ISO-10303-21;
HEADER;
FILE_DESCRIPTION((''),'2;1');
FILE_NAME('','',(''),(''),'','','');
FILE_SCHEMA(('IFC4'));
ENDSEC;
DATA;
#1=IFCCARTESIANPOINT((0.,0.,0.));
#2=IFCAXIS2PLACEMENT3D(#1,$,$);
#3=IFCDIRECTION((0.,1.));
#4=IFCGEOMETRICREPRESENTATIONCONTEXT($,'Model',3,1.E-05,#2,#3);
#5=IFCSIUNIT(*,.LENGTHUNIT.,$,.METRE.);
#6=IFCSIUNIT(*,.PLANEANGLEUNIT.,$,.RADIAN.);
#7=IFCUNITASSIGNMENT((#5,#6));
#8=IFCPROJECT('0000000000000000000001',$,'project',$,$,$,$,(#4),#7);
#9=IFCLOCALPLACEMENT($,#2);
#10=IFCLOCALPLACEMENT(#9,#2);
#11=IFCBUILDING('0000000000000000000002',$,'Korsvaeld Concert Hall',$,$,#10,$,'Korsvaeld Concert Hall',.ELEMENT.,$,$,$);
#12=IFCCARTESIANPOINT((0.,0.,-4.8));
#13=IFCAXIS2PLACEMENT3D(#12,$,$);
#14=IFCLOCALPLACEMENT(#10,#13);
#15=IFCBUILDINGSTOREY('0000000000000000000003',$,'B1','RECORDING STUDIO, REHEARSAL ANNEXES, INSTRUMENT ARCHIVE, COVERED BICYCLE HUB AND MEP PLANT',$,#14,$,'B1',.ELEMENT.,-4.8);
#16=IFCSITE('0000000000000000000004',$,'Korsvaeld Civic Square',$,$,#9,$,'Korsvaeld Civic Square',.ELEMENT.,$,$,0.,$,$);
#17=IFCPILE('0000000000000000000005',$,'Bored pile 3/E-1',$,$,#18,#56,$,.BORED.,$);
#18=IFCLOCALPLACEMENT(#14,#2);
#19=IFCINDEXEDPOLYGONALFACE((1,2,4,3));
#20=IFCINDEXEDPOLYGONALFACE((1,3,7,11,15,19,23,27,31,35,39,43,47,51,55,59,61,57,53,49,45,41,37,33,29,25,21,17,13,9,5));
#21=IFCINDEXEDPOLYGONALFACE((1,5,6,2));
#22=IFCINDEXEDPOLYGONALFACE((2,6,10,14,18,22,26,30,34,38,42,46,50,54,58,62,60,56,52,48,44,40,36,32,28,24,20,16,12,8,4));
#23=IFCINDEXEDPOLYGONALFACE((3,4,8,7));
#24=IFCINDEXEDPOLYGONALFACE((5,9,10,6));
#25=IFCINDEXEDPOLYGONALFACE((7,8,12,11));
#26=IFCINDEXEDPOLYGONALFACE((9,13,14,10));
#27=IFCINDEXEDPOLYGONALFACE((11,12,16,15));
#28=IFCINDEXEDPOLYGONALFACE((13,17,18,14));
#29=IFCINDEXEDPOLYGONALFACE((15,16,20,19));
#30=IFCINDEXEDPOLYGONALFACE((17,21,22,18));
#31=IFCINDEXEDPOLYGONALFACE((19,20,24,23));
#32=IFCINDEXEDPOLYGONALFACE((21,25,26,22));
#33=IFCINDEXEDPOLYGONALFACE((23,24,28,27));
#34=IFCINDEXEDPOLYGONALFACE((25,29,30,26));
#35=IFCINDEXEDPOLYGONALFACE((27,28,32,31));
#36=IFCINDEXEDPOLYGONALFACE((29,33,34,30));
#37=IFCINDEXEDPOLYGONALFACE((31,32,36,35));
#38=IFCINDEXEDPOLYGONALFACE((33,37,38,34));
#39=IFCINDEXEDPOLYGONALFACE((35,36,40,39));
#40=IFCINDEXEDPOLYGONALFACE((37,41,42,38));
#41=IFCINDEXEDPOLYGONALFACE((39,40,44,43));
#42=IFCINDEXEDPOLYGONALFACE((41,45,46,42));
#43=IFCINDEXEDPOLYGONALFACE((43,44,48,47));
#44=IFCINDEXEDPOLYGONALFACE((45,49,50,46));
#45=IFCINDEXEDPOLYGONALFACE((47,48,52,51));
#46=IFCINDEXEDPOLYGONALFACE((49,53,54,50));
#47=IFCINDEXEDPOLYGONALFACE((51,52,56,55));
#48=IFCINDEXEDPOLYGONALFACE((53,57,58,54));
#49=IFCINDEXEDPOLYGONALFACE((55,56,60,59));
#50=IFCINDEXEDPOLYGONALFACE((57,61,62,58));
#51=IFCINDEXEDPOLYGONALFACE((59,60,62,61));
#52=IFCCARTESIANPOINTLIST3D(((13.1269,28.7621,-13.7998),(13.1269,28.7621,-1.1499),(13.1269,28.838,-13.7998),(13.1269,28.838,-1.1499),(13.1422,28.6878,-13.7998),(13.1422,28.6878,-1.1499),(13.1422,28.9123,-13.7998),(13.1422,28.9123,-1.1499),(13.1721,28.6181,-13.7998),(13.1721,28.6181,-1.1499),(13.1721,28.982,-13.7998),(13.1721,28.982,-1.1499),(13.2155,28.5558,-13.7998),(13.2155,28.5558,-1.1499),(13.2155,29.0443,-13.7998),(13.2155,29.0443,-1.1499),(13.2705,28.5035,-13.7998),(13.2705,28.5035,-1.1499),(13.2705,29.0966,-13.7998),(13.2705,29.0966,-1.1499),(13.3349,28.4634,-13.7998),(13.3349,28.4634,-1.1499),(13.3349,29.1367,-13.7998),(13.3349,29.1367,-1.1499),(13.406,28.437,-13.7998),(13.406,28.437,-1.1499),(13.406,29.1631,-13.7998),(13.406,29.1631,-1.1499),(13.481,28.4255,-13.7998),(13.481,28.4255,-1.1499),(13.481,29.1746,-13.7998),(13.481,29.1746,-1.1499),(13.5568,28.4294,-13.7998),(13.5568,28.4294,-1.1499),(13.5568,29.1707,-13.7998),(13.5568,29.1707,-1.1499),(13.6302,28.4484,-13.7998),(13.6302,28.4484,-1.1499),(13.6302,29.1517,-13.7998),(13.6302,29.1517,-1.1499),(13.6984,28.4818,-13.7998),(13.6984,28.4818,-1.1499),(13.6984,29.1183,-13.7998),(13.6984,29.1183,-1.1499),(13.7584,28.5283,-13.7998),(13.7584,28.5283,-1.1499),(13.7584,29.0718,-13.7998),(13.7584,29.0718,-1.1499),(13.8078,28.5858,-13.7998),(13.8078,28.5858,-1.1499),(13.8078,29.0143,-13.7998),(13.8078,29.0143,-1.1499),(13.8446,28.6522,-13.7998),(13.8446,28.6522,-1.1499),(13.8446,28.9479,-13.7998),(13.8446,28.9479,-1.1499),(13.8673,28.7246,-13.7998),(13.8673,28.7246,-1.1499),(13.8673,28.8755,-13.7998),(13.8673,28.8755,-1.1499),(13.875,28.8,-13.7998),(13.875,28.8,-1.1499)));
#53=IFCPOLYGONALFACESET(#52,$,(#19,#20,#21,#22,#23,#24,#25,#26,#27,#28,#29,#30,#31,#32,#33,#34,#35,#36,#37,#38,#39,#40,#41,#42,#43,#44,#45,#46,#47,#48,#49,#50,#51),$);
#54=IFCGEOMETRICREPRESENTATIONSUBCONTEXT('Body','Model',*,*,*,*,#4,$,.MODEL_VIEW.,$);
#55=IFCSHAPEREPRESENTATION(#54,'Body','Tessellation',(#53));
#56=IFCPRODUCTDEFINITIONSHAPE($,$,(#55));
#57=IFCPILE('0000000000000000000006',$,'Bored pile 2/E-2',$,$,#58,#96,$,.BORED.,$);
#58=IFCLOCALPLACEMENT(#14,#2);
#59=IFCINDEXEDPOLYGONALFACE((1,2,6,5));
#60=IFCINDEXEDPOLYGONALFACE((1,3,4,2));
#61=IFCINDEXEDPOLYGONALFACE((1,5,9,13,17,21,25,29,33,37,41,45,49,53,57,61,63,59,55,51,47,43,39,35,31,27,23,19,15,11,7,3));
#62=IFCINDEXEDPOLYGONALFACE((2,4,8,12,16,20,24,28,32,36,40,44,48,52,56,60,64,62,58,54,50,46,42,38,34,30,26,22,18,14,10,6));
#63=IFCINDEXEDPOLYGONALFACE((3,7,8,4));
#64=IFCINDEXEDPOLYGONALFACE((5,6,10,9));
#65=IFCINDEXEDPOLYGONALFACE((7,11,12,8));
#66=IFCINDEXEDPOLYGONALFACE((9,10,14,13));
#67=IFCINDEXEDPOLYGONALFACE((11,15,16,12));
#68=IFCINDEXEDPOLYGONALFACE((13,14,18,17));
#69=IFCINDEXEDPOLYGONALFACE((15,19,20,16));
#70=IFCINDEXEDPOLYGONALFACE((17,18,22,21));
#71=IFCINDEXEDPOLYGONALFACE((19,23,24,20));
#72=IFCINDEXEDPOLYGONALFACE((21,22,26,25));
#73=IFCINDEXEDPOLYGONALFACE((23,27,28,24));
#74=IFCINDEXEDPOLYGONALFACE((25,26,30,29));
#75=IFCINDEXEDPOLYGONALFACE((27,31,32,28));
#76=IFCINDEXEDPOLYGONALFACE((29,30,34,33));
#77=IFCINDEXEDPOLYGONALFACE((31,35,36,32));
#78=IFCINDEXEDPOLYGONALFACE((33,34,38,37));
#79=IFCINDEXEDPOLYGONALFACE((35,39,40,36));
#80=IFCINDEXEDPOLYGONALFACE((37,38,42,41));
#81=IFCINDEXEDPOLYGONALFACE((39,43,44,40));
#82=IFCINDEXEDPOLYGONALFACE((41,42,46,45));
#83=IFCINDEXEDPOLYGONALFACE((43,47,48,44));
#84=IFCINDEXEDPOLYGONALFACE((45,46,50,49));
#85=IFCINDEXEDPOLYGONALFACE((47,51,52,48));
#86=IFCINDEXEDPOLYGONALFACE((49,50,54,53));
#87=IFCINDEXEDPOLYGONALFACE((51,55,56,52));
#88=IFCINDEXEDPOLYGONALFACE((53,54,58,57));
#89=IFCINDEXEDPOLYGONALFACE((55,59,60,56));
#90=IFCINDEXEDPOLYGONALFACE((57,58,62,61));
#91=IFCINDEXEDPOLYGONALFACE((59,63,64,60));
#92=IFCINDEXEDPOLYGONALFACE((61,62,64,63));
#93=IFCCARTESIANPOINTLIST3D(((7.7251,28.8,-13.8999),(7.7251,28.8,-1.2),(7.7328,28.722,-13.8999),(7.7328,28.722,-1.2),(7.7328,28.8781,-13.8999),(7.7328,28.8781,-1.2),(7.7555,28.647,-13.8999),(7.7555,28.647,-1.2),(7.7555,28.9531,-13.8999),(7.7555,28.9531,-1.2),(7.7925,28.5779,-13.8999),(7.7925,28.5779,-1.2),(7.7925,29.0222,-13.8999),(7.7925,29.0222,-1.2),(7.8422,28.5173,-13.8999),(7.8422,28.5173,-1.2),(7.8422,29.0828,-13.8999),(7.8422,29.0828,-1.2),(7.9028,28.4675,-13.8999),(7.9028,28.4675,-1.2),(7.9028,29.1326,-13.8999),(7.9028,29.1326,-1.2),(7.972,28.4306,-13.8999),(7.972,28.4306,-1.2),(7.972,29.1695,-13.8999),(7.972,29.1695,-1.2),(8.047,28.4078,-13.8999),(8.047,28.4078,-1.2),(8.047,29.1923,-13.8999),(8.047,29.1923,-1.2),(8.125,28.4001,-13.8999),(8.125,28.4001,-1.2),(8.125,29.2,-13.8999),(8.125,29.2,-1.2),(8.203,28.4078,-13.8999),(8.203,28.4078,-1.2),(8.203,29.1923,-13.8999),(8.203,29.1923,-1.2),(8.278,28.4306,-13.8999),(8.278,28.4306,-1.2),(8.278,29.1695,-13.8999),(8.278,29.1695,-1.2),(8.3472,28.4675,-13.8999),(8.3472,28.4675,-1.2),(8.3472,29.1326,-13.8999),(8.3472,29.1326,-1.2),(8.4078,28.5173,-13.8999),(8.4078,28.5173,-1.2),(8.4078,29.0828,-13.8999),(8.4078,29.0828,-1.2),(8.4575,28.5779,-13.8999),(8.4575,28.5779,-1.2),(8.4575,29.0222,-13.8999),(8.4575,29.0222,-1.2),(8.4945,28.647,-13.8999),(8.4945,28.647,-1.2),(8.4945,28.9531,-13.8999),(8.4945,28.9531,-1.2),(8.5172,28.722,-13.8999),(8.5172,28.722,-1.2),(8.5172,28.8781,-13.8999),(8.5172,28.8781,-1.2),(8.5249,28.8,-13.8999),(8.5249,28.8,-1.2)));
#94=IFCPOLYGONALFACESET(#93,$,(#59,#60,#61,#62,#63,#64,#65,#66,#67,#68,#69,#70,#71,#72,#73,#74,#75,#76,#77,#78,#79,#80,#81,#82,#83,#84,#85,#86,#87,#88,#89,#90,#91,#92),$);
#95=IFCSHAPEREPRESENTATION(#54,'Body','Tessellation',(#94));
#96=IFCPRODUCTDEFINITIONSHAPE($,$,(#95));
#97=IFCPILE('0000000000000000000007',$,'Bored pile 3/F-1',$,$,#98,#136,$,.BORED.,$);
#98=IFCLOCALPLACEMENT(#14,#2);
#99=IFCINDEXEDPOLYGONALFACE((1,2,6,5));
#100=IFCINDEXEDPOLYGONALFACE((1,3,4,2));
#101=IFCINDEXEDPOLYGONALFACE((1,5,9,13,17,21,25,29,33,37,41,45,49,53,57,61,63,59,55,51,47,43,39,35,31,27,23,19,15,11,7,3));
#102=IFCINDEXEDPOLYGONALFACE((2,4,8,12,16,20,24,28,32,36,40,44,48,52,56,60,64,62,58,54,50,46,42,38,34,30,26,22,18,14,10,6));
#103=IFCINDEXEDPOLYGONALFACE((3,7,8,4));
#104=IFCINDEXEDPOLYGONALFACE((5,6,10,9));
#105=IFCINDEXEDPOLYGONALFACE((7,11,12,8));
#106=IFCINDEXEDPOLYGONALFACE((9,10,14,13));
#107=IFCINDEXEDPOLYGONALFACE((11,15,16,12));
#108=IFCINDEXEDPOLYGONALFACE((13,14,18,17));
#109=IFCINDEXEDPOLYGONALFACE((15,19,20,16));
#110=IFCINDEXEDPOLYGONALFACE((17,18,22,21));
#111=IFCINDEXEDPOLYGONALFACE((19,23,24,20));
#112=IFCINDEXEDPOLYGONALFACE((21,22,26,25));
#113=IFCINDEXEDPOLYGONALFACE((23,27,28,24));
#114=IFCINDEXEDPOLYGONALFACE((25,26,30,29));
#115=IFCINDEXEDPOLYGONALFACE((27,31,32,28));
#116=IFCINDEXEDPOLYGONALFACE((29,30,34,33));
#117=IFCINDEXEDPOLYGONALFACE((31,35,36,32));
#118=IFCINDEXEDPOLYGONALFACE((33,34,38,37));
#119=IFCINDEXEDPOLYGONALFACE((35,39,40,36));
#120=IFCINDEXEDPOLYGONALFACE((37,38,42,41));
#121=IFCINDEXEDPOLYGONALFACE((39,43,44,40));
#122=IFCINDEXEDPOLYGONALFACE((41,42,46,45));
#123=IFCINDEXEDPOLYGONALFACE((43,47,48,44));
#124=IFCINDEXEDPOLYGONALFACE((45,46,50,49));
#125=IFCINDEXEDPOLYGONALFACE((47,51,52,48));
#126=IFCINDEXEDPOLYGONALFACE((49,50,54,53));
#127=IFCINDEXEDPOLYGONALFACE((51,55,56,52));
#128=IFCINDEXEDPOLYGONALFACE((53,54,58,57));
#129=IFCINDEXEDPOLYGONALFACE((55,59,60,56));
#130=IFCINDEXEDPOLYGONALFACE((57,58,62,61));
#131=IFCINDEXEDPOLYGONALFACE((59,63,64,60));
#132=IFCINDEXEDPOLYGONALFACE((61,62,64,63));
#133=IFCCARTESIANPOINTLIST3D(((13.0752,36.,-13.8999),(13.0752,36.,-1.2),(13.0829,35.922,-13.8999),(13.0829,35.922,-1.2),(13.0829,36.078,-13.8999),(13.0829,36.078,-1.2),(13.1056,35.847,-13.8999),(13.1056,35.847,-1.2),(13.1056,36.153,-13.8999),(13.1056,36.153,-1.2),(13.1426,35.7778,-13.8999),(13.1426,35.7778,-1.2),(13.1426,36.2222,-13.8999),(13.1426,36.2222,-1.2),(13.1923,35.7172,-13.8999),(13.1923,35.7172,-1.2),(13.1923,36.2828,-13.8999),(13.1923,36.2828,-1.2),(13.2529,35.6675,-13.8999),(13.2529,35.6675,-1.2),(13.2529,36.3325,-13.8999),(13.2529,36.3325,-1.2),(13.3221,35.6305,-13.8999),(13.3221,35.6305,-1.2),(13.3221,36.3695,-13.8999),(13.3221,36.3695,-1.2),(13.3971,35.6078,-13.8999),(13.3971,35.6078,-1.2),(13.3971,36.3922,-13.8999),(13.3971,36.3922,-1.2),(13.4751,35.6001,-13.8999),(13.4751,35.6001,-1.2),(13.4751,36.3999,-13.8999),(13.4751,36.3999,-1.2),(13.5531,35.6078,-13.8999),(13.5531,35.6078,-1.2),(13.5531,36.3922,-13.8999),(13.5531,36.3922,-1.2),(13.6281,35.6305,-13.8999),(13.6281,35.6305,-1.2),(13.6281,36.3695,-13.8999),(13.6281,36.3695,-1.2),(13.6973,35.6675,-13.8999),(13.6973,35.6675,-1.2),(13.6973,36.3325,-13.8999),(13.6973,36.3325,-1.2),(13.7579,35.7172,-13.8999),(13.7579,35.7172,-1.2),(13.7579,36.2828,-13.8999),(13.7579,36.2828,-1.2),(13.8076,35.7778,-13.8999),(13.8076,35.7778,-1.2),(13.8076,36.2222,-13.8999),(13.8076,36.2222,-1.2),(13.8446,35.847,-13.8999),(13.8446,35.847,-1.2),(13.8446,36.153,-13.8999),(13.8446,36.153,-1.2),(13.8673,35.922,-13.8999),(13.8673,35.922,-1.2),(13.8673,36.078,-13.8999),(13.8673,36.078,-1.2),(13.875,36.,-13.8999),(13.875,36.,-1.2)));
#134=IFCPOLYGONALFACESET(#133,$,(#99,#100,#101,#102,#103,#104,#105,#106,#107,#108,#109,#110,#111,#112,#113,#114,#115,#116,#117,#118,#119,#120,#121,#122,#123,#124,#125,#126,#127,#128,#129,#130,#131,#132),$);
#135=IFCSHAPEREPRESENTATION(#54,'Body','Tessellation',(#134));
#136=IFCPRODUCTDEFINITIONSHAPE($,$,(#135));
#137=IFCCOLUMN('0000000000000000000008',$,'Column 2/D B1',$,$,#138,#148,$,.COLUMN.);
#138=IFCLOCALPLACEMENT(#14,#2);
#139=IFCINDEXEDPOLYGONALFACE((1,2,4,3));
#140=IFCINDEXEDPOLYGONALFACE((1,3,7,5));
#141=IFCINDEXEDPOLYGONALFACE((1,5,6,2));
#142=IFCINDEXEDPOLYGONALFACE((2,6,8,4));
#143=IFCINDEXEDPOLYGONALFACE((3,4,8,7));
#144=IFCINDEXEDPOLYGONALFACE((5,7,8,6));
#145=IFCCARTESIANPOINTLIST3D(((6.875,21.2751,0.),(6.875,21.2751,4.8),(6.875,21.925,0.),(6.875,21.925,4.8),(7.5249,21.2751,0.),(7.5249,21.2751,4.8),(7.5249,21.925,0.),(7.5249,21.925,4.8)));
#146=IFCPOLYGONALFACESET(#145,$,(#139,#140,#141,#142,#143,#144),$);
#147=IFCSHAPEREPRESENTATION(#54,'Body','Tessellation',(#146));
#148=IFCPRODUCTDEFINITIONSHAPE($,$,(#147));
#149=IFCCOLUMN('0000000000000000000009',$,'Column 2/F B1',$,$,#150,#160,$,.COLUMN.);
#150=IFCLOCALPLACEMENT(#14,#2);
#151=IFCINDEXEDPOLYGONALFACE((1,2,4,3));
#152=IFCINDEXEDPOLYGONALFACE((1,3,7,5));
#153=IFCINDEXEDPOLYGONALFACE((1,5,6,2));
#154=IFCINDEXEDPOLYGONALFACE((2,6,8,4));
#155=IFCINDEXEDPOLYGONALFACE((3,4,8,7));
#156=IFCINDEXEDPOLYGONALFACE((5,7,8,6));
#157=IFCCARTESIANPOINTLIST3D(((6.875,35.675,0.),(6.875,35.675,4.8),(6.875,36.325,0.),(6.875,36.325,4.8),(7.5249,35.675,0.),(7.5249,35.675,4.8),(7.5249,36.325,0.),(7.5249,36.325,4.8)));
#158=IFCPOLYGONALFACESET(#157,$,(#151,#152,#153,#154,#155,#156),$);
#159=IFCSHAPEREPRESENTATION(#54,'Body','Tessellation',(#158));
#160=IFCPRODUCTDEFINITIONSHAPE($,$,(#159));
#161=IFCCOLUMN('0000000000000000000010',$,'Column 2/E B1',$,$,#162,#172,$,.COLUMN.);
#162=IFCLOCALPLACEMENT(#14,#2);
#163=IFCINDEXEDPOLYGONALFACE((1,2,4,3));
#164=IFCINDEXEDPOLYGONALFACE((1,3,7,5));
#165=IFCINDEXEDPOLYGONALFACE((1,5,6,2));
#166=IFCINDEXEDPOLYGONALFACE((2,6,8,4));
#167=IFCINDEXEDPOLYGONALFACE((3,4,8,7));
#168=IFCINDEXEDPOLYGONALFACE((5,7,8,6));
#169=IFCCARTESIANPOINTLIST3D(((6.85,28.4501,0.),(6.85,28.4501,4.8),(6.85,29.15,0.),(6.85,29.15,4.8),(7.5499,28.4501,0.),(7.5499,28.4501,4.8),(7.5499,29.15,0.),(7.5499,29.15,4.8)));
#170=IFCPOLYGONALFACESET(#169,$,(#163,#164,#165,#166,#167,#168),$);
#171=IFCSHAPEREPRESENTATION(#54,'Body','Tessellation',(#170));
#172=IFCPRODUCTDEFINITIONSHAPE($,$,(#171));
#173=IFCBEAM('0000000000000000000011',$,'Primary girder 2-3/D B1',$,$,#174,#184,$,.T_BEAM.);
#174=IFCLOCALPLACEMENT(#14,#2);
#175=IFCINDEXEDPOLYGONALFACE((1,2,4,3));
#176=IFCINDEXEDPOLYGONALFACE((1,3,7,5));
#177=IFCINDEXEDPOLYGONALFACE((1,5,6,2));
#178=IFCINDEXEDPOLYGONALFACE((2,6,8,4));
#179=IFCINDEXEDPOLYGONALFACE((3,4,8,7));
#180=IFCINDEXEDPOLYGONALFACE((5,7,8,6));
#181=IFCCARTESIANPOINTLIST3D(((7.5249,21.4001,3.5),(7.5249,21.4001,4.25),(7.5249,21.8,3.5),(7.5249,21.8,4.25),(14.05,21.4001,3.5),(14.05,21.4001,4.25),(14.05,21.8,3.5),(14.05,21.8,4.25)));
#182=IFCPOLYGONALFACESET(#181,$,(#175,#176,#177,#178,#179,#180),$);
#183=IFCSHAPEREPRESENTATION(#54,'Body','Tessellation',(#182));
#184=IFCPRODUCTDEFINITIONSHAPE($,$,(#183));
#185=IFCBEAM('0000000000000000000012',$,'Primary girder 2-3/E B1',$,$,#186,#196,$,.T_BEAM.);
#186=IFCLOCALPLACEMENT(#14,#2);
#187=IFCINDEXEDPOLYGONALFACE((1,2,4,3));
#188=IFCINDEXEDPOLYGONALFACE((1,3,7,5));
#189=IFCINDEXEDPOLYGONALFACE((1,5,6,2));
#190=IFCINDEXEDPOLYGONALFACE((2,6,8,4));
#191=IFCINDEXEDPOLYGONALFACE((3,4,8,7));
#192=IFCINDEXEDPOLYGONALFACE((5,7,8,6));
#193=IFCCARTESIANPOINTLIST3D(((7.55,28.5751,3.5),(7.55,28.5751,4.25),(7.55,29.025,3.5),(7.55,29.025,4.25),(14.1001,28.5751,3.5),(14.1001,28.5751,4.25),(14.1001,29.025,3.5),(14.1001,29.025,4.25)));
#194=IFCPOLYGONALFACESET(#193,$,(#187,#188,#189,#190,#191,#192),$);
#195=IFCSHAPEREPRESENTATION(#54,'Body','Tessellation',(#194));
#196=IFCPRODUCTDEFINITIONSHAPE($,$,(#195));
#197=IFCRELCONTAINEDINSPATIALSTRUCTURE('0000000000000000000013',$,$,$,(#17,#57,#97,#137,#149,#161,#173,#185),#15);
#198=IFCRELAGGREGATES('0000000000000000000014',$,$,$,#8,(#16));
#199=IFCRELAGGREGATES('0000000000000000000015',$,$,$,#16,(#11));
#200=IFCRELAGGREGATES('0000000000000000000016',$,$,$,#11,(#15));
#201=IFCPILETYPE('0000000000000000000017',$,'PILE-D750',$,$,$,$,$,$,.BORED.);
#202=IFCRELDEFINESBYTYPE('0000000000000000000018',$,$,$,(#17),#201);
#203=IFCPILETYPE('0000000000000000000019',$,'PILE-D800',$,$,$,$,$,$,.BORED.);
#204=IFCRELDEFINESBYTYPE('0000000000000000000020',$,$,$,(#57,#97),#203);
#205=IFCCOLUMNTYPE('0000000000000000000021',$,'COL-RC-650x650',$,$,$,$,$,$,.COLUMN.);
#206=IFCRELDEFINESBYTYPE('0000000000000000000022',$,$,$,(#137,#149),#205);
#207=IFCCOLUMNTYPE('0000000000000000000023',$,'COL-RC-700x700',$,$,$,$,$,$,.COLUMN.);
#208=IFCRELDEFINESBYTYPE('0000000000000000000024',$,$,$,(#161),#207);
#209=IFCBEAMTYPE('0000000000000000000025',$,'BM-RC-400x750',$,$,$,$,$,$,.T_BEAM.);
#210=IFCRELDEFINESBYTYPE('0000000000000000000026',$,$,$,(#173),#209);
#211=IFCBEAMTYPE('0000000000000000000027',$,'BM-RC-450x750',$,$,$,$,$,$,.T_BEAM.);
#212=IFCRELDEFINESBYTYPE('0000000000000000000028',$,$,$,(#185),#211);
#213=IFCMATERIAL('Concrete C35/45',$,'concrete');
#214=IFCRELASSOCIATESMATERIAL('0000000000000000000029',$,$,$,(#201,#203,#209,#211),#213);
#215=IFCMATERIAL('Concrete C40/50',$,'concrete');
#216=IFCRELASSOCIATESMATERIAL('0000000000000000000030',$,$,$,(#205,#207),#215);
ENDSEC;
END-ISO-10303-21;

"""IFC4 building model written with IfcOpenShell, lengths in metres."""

from ifc_helpers import new_model, si_unit, direction, frame, origin, origin_2d, place, context, subcontext, project, spatial, rectangle, circle, extrude, material, material_profile, profile_set, type_object, element, save


model = new_model("IFC4")

# Units and contexts
model_context = context("Model", 3, precision=1e-05, world=origin(), true_north=direction((0.0, 1.0)))
body_context = subcontext(model_context, "Body", "Model", "MODEL_VIEW")
ifc_project = project(units=[si_unit("LENGTHUNIT", "METRE"), si_unit("PLANEANGLEUNIT", "RADIAN")], contexts=[model_context])

# Site, building, storey
site_placement = place(None, origin())
site = spatial("IfcSite", under=ifc_project, at=site_placement, Name="Korsvaeld Civic Square", LongName="Korsvaeld Civic Square", CompositionType="ELEMENT", RefElevation=0.0)
building_placement = place(site_placement, origin())
building = spatial("IfcBuilding", under=site, at=building_placement, Name="Korsvaeld Concert Hall", LongName="Korsvaeld Concert Hall", CompositionType="ELEMENT")
storey_placement = place(building_placement, frame((0.0, 0.0, -4.8)))
storey = spatial("IfcBuildingStorey", under=building, at=storey_placement, Name="B1", Description="RECORDING STUDIO, REHEARSAL ANNEXES, INSTRUMENT ARCHIVE, COVERED BICYCLE HUB AND MEP PLANT", LongName="B1", CompositionType="ELEMENT", Elevation=-4.8)

# Shared definitions
ifc_material_1 = material(Name="Concrete C35/45", Category="concrete")

# Piles
ifc_material_profile_1 = material_profile(ifc_material_1, circle(Radius=0.375, at=origin_2d()), Name="BORED PILE D750")
ifc_profile_set_1 = profile_set([ifc_material_profile_1], Name="Concrete C35/45")
pile_type_1 = type_object("IfcPileType", Name="PILE-D750", PredefinedType="BORED", material=ifc_profile_set_1)
pile_1_placement = place(storey_placement, frame((13.5, 28.8, -1.1499), z_axis=(0.0, 0.0, -1.0), x_axis=(1.0, 0.0, 0.0)))
element("IfcPile", 1, at=pile_1_placement, inside=storey, type_object=pile_type_1, Name="Bored pile 3/E-1", PredefinedType="BORED", context=body_context, shape_type="SweptSolid", body=[
    extrude(circle(Radius=0.375, at=origin_2d()), origin(), (0.0, 0.0, 1.0), 12.6499),
])
ifc_material_profile_2 = material_profile(ifc_material_1, circle(Radius=0.3999, at=origin_2d()), Name="BORED PILE D800")
ifc_profile_set_2 = profile_set([ifc_material_profile_2], Name="Concrete C35/45")
pile_type_2 = type_object("IfcPileType", Name="PILE-D800", PredefinedType="BORED", material=ifc_profile_set_2)
for number, where, z_axis, x_axis, name in (
    (2, (8.125, 28.8, -1.2), (0.0, 0.0, -1.0), (1.0, 0.0, 0.0), "Bored pile 2/E-2"),
    (3, (13.4751, 36.0, -1.2), (0.0, 0.0, -1.0), (1.0, 0.0, 0.0), "Bored pile 3/F-1"),
):
    element("IfcPile", number, at=place(storey_placement, frame(where, z_axis=z_axis, x_axis=x_axis)), inside=storey, type_object=pile_type_2, Name=name, PredefinedType="BORED", context=body_context, shape_type="SweptSolid", body=[
        extrude(circle(Radius=0.3999, at=origin_2d()), origin(), (0.0, 0.0, 1.0), 12.7),
    ])

# Columns
ifc_material_2 = material(Name="Concrete C40/50", Category="concrete")
ifc_material_profile_3 = material_profile(ifc_material_2, rectangle(XDim=0.6499, YDim=0.6499, at=origin_2d()), Name="RC 650x650")
ifc_profile_set_3 = profile_set([ifc_material_profile_3], Name="Concrete C40/50")
column_type_1 = type_object("IfcColumnType", Name="COL-RC-650x650", PredefinedType="COLUMN", material=ifc_profile_set_3)
for number, where, z_axis, x_axis, name in (
    (4, (7.2, 21.6001, 0.0), (0.0, 0.0, 1.0), (1.0, 0.0, 0.0), "Column 2/D B1"),
    (5, (7.2, 36.0, 0.0), (0.0, 0.0, 1.0), (1.0, 0.0, 0.0), "Column 2/F B1"),
):
    element("IfcColumn", number, at=place(storey_placement, frame(where, z_axis=z_axis, x_axis=x_axis)), inside=storey, type_object=column_type_1, Name=name, PredefinedType="COLUMN", context=body_context, shape_type="SweptSolid", body=[
        extrude(rectangle(XDim=0.6499, YDim=0.6499, at=origin_2d()), origin(), (0.0, 0.0, 1.0), 4.8),
    ])
ifc_material_profile_4 = material_profile(ifc_material_2, rectangle(XDim=0.7, YDim=0.7, at=origin_2d()), Name="RC 700x700")
ifc_profile_set_4 = profile_set([ifc_material_profile_4], Name="Concrete C40/50")
column_type_2 = type_object("IfcColumnType", Name="COL-RC-700x700", PredefinedType="COLUMN", material=ifc_profile_set_4)
column_placement = place(storey_placement, frame((7.2, 28.8, 0.0), z_axis=(0.0, 0.0, 1.0), x_axis=(1.0, 0.0, 0.0)))
element("IfcColumn", 6, at=column_placement, inside=storey, type_object=column_type_2, Name="Column 2/E B1", PredefinedType="COLUMN", context=body_context, shape_type="SweptSolid", body=[
    extrude(rectangle(XDim=0.7, YDim=0.7, at=origin_2d()), origin(), (0.0, 0.0, 1.0), 4.8),
])

# Beams
ifc_material_profile_5 = material_profile(ifc_material_1, rectangle(XDim=0.3999, YDim=0.75, at=origin_2d()), Name="RC 400x750")
ifc_profile_set_5 = profile_set([ifc_material_profile_5], Name="Concrete C35/45")
beam_type_1 = type_object("IfcBeamType", Name="BM-RC-400x750", PredefinedType="T_BEAM", material=ifc_profile_set_5)
beam_1_placement = place(storey_placement, frame((7.5249, 21.6001, 3.875), z_axis=(1.0, 0.0, 0.0), x_axis=(0.0, 1.0, 0.0)))
element("IfcBeam", 7, at=beam_1_placement, inside=storey, type_object=beam_type_1, Name="Primary girder 2-3/D B1", PredefinedType="T_BEAM", context=body_context, shape_type="SweptSolid", body=[
    extrude(rectangle(XDim=0.3999, YDim=0.75, at=origin_2d()), origin(), (0.0, 0.0, 1.0), 6.5251),
])
ifc_material_profile_6 = material_profile(ifc_material_1, rectangle(XDim=0.45, YDim=0.75, at=origin_2d()), Name="RC 450x750")
ifc_profile_set_6 = profile_set([ifc_material_profile_6], Name="Concrete C35/45")
beam_type_2 = type_object("IfcBeamType", Name="BM-RC-450x750", PredefinedType="T_BEAM", material=ifc_profile_set_6)
beam_2_placement = place(storey_placement, frame((7.55, 28.8, 3.875), z_axis=(1.0, 0.0, 0.0), x_axis=(0.0, 1.0, 0.0)))
element("IfcBeam", 8, at=beam_2_placement, inside=storey, type_object=beam_type_2, Name="Primary girder 2-3/E B1", PredefinedType="T_BEAM", context=body_context, shape_type="SweptSolid", body=[
    extrude(rectangle(XDim=0.45, YDim=0.75, at=origin_2d()), origin(), (0.0, 0.0, 1.0), 6.55),
])

save(model, "model.ifc")
